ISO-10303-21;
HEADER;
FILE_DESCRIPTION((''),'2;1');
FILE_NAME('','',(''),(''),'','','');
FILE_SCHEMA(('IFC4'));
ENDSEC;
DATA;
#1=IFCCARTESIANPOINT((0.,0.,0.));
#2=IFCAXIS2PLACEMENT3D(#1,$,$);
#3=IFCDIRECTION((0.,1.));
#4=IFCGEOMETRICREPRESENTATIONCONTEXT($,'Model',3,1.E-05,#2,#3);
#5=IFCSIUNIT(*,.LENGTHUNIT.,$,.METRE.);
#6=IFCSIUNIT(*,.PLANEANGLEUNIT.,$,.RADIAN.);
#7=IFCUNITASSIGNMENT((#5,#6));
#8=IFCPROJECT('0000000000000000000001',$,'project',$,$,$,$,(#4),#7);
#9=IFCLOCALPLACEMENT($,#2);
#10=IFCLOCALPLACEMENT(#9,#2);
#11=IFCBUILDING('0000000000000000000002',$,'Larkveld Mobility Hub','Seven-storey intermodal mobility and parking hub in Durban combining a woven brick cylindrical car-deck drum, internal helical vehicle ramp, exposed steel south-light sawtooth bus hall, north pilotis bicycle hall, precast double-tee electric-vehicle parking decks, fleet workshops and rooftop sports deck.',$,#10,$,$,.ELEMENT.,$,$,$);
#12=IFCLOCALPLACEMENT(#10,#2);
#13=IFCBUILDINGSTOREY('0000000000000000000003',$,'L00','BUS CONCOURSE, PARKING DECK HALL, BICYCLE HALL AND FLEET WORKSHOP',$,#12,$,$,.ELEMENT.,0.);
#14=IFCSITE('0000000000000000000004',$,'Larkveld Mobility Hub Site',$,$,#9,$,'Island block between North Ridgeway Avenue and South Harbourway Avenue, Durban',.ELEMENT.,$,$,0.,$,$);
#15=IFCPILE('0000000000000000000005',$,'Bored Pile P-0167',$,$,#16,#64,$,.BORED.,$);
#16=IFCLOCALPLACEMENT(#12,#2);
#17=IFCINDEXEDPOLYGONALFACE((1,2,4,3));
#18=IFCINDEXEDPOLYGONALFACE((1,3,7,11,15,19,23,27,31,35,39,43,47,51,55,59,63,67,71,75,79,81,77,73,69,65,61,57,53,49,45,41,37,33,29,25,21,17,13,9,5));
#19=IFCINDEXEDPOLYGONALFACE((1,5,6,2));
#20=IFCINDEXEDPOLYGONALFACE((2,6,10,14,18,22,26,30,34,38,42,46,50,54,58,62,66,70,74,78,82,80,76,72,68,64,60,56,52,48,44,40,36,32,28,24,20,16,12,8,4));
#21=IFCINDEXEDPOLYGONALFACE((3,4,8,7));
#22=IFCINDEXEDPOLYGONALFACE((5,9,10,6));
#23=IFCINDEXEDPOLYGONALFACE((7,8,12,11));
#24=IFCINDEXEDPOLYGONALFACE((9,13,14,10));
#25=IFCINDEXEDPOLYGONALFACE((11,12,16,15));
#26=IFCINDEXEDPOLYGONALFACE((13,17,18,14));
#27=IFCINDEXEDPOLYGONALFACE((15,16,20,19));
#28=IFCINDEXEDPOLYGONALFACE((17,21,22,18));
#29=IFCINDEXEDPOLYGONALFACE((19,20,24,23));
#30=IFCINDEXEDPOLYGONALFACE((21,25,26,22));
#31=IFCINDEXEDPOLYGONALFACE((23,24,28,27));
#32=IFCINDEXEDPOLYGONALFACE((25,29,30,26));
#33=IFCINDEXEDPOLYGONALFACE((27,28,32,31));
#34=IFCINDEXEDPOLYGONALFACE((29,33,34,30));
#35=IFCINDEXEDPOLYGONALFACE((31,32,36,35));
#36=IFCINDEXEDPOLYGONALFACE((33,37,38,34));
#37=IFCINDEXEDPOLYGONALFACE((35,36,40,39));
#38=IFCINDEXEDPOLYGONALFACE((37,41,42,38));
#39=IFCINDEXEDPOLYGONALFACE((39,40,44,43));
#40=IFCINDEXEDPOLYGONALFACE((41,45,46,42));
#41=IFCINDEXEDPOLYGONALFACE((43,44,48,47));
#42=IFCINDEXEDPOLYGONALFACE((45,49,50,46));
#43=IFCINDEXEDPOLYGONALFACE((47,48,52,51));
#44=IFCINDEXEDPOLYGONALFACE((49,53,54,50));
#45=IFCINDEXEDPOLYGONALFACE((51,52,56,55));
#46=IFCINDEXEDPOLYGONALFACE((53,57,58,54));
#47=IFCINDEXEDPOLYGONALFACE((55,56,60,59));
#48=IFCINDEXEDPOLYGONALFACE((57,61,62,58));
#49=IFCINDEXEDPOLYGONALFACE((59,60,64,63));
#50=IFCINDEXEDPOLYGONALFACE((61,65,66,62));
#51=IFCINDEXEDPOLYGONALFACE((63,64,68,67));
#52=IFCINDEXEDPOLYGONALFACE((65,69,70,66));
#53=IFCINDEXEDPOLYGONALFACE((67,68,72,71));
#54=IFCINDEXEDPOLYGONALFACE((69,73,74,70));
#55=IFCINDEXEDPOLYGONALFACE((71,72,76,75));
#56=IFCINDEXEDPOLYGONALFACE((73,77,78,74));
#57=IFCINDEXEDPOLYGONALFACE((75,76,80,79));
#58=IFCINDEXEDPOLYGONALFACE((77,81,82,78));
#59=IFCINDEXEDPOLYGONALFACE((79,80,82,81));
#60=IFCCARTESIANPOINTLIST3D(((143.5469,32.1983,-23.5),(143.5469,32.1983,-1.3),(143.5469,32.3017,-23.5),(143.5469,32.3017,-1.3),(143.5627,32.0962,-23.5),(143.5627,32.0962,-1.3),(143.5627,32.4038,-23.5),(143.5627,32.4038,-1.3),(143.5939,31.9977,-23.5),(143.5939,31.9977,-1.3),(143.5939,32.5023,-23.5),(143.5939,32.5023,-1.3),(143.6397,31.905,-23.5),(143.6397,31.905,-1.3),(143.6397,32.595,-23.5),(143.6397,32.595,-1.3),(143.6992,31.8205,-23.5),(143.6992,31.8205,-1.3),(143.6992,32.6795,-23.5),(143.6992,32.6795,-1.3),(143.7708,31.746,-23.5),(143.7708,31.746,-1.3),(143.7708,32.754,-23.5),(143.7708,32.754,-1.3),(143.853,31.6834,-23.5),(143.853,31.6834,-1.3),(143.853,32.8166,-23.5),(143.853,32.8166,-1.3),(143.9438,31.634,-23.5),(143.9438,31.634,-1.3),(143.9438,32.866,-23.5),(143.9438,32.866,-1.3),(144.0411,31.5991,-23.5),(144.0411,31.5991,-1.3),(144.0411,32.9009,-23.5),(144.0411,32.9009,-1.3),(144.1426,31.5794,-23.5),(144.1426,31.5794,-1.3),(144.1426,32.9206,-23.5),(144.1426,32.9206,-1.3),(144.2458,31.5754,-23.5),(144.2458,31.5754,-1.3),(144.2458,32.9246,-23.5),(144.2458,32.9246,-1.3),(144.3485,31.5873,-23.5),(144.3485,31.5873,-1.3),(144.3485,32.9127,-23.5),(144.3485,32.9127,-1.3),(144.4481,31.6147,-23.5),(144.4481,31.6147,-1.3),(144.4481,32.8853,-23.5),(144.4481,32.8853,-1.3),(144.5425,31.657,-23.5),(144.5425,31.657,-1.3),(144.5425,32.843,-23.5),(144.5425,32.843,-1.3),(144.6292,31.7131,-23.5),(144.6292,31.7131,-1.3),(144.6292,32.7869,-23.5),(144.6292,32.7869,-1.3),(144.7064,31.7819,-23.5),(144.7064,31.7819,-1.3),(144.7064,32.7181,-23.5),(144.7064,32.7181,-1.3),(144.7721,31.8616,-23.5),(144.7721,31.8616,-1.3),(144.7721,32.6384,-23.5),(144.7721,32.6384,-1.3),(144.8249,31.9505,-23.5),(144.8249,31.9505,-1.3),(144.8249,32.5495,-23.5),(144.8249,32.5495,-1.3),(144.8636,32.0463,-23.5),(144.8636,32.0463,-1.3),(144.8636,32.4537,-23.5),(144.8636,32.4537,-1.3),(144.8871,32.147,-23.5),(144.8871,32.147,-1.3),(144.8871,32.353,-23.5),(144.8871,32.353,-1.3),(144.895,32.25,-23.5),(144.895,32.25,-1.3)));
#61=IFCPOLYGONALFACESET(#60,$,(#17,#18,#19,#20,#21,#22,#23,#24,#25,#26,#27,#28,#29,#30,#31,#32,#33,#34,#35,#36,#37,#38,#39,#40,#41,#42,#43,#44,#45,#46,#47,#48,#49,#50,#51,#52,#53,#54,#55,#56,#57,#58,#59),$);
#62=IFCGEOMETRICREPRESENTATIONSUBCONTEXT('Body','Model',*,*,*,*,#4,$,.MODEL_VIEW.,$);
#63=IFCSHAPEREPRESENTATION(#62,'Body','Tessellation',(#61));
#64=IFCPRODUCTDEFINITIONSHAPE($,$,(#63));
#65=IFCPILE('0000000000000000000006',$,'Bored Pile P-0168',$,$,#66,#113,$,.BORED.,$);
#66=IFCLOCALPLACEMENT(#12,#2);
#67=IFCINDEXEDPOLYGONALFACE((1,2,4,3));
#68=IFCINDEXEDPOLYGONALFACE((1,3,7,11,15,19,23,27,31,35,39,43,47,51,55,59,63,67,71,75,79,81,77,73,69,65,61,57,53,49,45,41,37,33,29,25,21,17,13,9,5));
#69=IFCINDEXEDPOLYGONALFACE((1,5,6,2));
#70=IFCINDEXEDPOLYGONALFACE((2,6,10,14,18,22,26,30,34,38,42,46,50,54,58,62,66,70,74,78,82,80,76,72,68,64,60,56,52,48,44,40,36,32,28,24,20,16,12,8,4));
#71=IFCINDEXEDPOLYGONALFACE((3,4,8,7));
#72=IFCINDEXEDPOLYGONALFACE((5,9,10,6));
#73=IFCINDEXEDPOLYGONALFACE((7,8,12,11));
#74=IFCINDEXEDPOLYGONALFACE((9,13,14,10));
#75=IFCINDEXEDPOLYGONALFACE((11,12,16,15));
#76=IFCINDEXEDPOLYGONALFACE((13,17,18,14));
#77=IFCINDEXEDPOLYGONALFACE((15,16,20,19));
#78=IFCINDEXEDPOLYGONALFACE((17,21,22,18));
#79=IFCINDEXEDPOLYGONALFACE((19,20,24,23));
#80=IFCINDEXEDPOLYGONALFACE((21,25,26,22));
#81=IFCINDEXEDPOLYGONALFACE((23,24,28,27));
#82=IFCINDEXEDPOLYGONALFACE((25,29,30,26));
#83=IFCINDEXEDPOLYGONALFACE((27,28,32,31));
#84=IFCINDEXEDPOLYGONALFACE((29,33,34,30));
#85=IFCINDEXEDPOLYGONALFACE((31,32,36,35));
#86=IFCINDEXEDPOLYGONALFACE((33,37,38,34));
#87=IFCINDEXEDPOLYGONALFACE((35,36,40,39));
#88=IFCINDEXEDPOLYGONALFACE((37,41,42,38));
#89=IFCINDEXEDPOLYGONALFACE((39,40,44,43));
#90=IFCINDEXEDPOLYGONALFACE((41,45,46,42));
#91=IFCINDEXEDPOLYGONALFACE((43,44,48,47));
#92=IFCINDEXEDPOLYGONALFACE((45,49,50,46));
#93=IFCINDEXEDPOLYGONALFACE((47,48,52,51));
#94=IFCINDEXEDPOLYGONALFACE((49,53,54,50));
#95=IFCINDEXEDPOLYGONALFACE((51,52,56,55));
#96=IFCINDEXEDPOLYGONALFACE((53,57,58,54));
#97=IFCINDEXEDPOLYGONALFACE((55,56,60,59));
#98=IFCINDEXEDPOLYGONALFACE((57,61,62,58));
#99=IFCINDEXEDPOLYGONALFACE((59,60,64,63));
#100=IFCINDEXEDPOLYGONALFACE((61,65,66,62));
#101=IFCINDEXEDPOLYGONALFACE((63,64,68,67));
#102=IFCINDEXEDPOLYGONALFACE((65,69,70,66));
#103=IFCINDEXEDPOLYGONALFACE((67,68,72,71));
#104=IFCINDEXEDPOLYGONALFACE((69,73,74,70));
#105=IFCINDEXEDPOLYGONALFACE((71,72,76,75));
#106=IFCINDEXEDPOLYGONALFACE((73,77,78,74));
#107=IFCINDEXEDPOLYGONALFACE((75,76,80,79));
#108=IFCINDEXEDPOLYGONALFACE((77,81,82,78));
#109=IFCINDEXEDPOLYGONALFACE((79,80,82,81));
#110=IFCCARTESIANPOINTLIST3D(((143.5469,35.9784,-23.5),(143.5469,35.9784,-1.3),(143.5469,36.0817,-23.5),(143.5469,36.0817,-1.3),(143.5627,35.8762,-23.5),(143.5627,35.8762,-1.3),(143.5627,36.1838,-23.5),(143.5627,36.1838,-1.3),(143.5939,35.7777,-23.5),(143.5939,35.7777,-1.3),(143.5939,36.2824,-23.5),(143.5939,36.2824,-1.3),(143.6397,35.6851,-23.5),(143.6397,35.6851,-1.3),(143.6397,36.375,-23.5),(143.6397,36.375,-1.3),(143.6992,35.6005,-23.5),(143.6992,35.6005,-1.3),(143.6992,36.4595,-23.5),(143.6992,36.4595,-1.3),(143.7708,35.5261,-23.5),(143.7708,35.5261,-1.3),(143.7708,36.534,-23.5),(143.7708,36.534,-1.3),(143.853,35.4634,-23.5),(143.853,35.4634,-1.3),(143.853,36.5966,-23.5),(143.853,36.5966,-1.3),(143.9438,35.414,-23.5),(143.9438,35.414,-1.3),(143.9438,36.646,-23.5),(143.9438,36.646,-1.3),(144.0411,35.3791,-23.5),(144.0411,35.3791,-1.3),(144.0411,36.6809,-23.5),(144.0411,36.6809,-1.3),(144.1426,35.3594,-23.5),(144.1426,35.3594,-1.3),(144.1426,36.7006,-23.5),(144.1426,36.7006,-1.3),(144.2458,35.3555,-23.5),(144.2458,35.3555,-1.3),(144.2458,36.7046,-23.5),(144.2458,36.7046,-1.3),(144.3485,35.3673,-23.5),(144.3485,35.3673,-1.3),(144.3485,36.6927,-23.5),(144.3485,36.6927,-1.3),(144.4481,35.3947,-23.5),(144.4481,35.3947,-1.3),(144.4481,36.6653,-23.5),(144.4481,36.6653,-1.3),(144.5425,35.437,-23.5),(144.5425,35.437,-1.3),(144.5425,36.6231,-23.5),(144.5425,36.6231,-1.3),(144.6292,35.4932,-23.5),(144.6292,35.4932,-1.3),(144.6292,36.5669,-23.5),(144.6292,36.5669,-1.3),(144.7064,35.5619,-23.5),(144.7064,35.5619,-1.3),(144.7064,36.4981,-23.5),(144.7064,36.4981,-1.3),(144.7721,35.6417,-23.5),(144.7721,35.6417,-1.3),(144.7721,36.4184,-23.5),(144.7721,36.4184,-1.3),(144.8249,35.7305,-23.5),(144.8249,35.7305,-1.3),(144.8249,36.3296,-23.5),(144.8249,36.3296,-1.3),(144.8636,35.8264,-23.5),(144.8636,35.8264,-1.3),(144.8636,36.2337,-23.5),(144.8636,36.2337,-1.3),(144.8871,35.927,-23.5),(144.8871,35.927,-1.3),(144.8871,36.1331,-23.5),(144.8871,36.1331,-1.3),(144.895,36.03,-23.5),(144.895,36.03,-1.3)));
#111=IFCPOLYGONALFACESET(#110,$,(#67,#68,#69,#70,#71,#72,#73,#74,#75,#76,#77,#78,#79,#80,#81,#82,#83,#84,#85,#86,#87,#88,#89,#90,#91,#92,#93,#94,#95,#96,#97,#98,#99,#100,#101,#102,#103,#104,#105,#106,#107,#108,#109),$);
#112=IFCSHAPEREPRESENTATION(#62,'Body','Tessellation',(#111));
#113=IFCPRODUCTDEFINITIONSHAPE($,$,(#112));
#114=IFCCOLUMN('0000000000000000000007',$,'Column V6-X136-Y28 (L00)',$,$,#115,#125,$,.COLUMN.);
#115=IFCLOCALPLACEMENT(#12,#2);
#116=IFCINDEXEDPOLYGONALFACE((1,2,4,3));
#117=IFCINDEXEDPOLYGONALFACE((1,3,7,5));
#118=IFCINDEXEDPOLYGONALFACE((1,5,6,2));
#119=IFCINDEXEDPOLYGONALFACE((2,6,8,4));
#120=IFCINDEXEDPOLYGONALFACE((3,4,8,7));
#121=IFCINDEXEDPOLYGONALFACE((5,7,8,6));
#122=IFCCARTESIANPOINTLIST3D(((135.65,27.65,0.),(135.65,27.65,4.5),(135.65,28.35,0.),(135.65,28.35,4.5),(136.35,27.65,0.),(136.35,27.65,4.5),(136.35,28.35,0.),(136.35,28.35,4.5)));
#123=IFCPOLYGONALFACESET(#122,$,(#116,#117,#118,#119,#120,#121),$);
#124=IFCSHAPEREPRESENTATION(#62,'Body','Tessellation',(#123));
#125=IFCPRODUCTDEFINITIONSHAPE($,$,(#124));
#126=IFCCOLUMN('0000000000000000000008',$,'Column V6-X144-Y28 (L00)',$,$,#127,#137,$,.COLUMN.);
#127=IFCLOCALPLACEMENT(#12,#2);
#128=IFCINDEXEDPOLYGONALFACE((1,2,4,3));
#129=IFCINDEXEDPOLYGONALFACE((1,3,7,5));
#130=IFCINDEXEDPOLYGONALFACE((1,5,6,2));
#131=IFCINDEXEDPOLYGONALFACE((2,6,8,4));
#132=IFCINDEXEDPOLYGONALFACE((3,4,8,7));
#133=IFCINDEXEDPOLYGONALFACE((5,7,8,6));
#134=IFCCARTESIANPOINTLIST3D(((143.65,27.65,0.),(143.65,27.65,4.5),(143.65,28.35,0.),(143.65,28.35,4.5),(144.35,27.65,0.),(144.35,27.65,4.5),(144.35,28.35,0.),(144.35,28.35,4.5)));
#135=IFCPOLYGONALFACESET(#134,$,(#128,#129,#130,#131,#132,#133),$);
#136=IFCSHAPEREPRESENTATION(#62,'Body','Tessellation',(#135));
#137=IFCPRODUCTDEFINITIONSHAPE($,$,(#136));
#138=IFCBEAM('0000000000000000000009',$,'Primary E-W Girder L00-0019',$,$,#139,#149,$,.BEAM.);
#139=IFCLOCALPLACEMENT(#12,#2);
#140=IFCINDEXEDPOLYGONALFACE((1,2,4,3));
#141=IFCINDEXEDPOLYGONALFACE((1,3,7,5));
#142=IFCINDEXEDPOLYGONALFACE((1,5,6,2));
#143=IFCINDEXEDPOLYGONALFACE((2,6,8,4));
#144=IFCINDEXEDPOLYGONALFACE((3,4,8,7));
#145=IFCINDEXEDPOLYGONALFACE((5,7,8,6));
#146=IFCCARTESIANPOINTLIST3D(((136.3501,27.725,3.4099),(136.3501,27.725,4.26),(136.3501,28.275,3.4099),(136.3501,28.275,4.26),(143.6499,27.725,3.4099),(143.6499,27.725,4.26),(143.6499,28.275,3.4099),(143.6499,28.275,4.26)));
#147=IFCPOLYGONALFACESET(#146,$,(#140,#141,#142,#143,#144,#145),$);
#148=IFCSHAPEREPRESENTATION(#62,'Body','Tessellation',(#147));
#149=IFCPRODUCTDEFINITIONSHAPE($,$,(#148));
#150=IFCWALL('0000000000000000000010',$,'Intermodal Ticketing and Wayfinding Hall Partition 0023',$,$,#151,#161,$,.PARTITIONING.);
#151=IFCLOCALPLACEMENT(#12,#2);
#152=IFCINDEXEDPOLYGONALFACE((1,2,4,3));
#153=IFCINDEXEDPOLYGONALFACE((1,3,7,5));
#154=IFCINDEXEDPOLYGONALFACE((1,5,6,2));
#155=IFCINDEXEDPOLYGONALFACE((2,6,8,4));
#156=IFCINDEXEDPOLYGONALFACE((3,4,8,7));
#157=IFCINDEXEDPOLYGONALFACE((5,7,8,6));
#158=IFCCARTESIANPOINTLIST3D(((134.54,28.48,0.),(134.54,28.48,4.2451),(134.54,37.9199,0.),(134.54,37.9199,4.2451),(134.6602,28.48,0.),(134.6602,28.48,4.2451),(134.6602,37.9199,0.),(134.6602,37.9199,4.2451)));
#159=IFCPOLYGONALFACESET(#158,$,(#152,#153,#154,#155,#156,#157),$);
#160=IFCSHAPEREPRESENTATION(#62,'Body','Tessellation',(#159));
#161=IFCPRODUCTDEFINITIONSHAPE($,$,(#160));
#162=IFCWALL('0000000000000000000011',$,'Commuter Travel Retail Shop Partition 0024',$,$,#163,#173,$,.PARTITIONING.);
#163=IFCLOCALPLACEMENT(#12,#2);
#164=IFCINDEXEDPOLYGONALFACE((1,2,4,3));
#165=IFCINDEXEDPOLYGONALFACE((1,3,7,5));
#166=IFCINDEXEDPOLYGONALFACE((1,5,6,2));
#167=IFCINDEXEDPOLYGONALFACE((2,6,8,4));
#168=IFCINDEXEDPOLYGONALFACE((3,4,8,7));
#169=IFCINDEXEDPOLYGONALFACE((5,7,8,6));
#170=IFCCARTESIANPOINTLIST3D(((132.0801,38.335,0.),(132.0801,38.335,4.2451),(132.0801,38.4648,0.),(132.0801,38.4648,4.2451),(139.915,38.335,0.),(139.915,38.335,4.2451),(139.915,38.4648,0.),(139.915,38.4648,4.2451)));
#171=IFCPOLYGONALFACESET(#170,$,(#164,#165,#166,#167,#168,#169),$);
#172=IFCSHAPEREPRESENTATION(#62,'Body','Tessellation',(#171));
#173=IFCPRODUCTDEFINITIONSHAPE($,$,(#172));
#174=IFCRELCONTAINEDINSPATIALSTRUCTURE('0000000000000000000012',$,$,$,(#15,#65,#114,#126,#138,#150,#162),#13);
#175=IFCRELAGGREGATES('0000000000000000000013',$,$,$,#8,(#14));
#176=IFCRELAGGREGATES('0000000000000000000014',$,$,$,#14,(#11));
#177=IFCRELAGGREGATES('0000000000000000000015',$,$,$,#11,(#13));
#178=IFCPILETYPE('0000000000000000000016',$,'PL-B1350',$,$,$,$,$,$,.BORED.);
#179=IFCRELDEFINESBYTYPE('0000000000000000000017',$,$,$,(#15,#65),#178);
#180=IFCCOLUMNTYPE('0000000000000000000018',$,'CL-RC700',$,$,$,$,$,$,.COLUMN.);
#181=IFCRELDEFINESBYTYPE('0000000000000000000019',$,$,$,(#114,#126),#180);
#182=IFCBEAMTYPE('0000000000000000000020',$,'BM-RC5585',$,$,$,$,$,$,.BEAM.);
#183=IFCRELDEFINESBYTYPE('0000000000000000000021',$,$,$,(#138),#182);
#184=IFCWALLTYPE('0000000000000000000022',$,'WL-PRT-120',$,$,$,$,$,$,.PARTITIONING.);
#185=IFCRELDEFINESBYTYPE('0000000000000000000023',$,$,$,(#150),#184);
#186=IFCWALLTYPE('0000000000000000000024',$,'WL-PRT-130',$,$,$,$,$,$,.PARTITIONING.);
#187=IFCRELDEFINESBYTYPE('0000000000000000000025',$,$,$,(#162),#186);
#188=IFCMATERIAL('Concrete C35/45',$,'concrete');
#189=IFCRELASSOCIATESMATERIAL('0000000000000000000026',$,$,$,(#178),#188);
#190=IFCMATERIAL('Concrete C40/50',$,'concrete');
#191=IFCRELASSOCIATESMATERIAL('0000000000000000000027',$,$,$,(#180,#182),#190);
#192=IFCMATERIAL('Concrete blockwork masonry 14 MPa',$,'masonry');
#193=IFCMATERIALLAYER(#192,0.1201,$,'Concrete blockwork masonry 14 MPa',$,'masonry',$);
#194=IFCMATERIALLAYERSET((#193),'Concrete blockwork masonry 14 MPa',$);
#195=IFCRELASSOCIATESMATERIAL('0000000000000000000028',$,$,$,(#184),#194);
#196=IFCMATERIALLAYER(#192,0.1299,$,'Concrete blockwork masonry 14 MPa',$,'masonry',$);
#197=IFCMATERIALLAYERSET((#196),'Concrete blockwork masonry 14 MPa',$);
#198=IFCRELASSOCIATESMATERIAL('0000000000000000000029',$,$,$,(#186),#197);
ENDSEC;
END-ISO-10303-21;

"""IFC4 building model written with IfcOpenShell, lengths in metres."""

from ifc_helpers import new_model, si_unit, direction, frame, frame_2d, origin, origin_2d, place, context, subcontext, project, spatial, rectangle, circle, extrude, material, layer, layer_set, material_profile, profile_set, type_object, element, save


model = new_model("IFC4")

# Units and contexts
model_context = context("Model", 3, precision=1e-05, world=origin(), true_north=direction((0.0, 1.0)))
body_context = subcontext(model_context, "Body", "Model", "MODEL_VIEW")
ifc_project = project(units=[si_unit("LENGTHUNIT", "METRE"), si_unit("PLANEANGLEUNIT", "RADIAN")], contexts=[model_context])

# Site, building, storey
site_placement = place(None, origin())
site = spatial("IfcSite", under=ifc_project, at=site_placement, Name="Larkveld Mobility Hub Site", LongName="Island block between North Ridgeway Avenue and South Harbourway Avenue, Durban", CompositionType="ELEMENT", RefElevation=0.0)
building_placement = place(site_placement, origin())
building = spatial("IfcBuilding", under=site, at=building_placement, Name="Larkveld Mobility Hub", Description="Seven-storey intermodal mobility and parking hub in Durban combining a woven brick cylindrical car-deck drum, internal helical vehicle ramp, exposed steel south-light sawtooth bus hall, north pilotis bicycle hall, precast double-tee electric-vehicle parking decks, fleet workshops and rooftop sports deck.", CompositionType="ELEMENT")
storey_placement = place(building_placement, origin())
storey = spatial("IfcBuildingStorey", under=building, at=storey_placement, Name="L00", Description="BUS CONCOURSE, PARKING DECK HALL, BICYCLE HALL AND FLEET WORKSHOP", CompositionType="ELEMENT", Elevation=0.0)

# Shared definitions
ifc_material_1 = material(Name="Concrete C35/45", Category="concrete")

# Piles
ifc_material_profile_1 = material_profile(ifc_material_1, circle(Radius=0.675, at=origin_2d()), Name="PILE D1350")
ifc_profile_set_1 = profile_set([ifc_material_profile_1], Name="Concrete C35/45")
pile_type_1 = type_object("IfcPileType", Name="PL-B1350", PredefinedType="BORED", material=ifc_profile_set_1)
for number, where, z_axis, x_axis, name in (
    (1, (144.22, 32.25, -1.3), (0.0, 0.0, -1.0), (1.0, 0.0, 0.0), "Bored Pile P-0167"),
    (2, (144.22, 36.03, -1.3), (0.0, 0.0, -1.0), (1.0, 0.0, 0.0), "Bored Pile P-0168"),
):
    element("IfcPile", number, at=place(storey_placement, frame(where, z_axis=z_axis, x_axis=x_axis)), inside=storey, type_object=pile_type_1, Name=name, PredefinedType="BORED", context=body_context, shape_type="SweptSolid", body=[
        extrude(circle(Radius=0.675, at=origin_2d()), origin(), (0.0, 0.0, 1.0), 22.2),
    ])

# Columns
ifc_material_2 = material(Name="Concrete C40/50", Category="concrete")
ifc_material_profile_2 = material_profile(ifc_material_2, rectangle(XDim=0.7, YDim=0.7, at=origin_2d()), Name="RC COL 700x700")
ifc_profile_set_2 = profile_set([ifc_material_profile_2], Name="Concrete C40/50")
column_type = type_object("IfcColumnType", Name="CL-RC700", PredefinedType="COLUMN", material=ifc_profile_set_2)
for number, where, z_axis, x_axis, name in (
    (3, (136.0, 28.0, 0.0), (0.0, 0.0, 1.0), (1.0, 0.0, 0.0), "Column V6-X136-Y28 (L00)"),
    (4, (144.0, 28.0, 0.0), (0.0, 0.0, 1.0), (1.0, 0.0, 0.0), "Column V6-X144-Y28 (L00)"),
):
    element("IfcColumn", number, at=place(storey_placement, frame(where, z_axis=z_axis, x_axis=x_axis)), inside=storey, type_object=column_type, Name=name, PredefinedType="COLUMN", context=body_context, shape_type="SweptSolid", body=[
        extrude(rectangle(XDim=0.7, YDim=0.7, at=origin_2d()), origin(), (0.0, 0.0, 1.0), 4.5),
    ])

# Beam
ifc_material_profile_3 = material_profile(ifc_material_2, rectangle(XDim=0.55, YDim=0.8501, at=origin_2d()), Name="RC BM 550x850")
ifc_profile_set_3 = profile_set([ifc_material_profile_3], Name="Concrete C40/50")
beam_type = type_object("IfcBeamType", Name="BM-RC5585", PredefinedType="BEAM", material=ifc_profile_set_3)
beam_placement = place(storey_placement, frame((136.3501, 28.0, 3.835), z_axis=(1.0, 0.0, 0.0), x_axis=(0.0, 1.0, 0.0)))
element("IfcBeam", 5, at=beam_placement, inside=storey, type_object=beam_type, Name="Primary E-W Girder L00-0019", PredefinedType="BEAM", context=body_context, shape_type="SweptSolid", body=[
    extrude(rectangle(XDim=0.55, YDim=0.8501, at=origin_2d()), origin(), (0.0, 0.0, 1.0), 7.2998),
])

# Walls
ifc_material_3 = material(Name="Concrete blockwork masonry 14 MPa", Category="masonry")
ifc_layer_1 = layer(ifc_material_3, 0.1201, Name="Concrete blockwork masonry 14 MPa", Category="masonry")
ifc_layer_set_1 = layer_set([ifc_layer_1], Name="Concrete blockwork masonry 14 MPa")
wall_type_1 = type_object("IfcWallType", Name="WL-PRT-120", PredefinedType="PARTITIONING", material=ifc_layer_set_1)
wall_1_placement = place(storey_placement, frame((134.6001, 28.48, 0.0), z_axis=(0.0, 0.0, 1.0), x_axis=(0.0, 1.0, 0.0)))
element("IfcWall", 6, at=wall_1_placement, inside=storey, type_object=wall_type_1, Name="Intermodal Ticketing and Wayfinding Hall Partition 0023", PredefinedType="PARTITIONING", context=body_context, shape_type="SweptSolid", body=[
    extrude(rectangle(XDim=9.4399, YDim=0.1201, at=frame_2d((4.72, 0.0))), origin(), (0.0, 0.0, 1.0), 4.2451),
])
ifc_layer_2 = layer(ifc_material_3, 0.1299, Name="Concrete blockwork masonry 14 MPa", Category="masonry")
ifc_layer_set_2 = layer_set([ifc_layer_2], Name="Concrete blockwork masonry 14 MPa")
wall_type_2 = type_object("IfcWallType", Name="WL-PRT-130", PredefinedType="PARTITIONING", material=ifc_layer_set_2)
wall_2_placement = place(storey_placement, frame((132.0801, 38.3999, 0.0), z_axis=(0.0, 0.0, 1.0), x_axis=(1.0, 0.0, 0.0)))
element("IfcWall", 7, at=wall_2_placement, inside=storey, type_object=wall_type_2, Name="Commuter Travel Retail Shop Partition 0024", PredefinedType="PARTITIONING", context=body_context, shape_type="SweptSolid", body=[
    extrude(rectangle(XDim=7.835, YDim=0.1299, at=frame_2d((3.9175, 0.0))), origin(), (0.0, 0.0, 1.0), 4.2451),
])

save(model, "model.ifc")
